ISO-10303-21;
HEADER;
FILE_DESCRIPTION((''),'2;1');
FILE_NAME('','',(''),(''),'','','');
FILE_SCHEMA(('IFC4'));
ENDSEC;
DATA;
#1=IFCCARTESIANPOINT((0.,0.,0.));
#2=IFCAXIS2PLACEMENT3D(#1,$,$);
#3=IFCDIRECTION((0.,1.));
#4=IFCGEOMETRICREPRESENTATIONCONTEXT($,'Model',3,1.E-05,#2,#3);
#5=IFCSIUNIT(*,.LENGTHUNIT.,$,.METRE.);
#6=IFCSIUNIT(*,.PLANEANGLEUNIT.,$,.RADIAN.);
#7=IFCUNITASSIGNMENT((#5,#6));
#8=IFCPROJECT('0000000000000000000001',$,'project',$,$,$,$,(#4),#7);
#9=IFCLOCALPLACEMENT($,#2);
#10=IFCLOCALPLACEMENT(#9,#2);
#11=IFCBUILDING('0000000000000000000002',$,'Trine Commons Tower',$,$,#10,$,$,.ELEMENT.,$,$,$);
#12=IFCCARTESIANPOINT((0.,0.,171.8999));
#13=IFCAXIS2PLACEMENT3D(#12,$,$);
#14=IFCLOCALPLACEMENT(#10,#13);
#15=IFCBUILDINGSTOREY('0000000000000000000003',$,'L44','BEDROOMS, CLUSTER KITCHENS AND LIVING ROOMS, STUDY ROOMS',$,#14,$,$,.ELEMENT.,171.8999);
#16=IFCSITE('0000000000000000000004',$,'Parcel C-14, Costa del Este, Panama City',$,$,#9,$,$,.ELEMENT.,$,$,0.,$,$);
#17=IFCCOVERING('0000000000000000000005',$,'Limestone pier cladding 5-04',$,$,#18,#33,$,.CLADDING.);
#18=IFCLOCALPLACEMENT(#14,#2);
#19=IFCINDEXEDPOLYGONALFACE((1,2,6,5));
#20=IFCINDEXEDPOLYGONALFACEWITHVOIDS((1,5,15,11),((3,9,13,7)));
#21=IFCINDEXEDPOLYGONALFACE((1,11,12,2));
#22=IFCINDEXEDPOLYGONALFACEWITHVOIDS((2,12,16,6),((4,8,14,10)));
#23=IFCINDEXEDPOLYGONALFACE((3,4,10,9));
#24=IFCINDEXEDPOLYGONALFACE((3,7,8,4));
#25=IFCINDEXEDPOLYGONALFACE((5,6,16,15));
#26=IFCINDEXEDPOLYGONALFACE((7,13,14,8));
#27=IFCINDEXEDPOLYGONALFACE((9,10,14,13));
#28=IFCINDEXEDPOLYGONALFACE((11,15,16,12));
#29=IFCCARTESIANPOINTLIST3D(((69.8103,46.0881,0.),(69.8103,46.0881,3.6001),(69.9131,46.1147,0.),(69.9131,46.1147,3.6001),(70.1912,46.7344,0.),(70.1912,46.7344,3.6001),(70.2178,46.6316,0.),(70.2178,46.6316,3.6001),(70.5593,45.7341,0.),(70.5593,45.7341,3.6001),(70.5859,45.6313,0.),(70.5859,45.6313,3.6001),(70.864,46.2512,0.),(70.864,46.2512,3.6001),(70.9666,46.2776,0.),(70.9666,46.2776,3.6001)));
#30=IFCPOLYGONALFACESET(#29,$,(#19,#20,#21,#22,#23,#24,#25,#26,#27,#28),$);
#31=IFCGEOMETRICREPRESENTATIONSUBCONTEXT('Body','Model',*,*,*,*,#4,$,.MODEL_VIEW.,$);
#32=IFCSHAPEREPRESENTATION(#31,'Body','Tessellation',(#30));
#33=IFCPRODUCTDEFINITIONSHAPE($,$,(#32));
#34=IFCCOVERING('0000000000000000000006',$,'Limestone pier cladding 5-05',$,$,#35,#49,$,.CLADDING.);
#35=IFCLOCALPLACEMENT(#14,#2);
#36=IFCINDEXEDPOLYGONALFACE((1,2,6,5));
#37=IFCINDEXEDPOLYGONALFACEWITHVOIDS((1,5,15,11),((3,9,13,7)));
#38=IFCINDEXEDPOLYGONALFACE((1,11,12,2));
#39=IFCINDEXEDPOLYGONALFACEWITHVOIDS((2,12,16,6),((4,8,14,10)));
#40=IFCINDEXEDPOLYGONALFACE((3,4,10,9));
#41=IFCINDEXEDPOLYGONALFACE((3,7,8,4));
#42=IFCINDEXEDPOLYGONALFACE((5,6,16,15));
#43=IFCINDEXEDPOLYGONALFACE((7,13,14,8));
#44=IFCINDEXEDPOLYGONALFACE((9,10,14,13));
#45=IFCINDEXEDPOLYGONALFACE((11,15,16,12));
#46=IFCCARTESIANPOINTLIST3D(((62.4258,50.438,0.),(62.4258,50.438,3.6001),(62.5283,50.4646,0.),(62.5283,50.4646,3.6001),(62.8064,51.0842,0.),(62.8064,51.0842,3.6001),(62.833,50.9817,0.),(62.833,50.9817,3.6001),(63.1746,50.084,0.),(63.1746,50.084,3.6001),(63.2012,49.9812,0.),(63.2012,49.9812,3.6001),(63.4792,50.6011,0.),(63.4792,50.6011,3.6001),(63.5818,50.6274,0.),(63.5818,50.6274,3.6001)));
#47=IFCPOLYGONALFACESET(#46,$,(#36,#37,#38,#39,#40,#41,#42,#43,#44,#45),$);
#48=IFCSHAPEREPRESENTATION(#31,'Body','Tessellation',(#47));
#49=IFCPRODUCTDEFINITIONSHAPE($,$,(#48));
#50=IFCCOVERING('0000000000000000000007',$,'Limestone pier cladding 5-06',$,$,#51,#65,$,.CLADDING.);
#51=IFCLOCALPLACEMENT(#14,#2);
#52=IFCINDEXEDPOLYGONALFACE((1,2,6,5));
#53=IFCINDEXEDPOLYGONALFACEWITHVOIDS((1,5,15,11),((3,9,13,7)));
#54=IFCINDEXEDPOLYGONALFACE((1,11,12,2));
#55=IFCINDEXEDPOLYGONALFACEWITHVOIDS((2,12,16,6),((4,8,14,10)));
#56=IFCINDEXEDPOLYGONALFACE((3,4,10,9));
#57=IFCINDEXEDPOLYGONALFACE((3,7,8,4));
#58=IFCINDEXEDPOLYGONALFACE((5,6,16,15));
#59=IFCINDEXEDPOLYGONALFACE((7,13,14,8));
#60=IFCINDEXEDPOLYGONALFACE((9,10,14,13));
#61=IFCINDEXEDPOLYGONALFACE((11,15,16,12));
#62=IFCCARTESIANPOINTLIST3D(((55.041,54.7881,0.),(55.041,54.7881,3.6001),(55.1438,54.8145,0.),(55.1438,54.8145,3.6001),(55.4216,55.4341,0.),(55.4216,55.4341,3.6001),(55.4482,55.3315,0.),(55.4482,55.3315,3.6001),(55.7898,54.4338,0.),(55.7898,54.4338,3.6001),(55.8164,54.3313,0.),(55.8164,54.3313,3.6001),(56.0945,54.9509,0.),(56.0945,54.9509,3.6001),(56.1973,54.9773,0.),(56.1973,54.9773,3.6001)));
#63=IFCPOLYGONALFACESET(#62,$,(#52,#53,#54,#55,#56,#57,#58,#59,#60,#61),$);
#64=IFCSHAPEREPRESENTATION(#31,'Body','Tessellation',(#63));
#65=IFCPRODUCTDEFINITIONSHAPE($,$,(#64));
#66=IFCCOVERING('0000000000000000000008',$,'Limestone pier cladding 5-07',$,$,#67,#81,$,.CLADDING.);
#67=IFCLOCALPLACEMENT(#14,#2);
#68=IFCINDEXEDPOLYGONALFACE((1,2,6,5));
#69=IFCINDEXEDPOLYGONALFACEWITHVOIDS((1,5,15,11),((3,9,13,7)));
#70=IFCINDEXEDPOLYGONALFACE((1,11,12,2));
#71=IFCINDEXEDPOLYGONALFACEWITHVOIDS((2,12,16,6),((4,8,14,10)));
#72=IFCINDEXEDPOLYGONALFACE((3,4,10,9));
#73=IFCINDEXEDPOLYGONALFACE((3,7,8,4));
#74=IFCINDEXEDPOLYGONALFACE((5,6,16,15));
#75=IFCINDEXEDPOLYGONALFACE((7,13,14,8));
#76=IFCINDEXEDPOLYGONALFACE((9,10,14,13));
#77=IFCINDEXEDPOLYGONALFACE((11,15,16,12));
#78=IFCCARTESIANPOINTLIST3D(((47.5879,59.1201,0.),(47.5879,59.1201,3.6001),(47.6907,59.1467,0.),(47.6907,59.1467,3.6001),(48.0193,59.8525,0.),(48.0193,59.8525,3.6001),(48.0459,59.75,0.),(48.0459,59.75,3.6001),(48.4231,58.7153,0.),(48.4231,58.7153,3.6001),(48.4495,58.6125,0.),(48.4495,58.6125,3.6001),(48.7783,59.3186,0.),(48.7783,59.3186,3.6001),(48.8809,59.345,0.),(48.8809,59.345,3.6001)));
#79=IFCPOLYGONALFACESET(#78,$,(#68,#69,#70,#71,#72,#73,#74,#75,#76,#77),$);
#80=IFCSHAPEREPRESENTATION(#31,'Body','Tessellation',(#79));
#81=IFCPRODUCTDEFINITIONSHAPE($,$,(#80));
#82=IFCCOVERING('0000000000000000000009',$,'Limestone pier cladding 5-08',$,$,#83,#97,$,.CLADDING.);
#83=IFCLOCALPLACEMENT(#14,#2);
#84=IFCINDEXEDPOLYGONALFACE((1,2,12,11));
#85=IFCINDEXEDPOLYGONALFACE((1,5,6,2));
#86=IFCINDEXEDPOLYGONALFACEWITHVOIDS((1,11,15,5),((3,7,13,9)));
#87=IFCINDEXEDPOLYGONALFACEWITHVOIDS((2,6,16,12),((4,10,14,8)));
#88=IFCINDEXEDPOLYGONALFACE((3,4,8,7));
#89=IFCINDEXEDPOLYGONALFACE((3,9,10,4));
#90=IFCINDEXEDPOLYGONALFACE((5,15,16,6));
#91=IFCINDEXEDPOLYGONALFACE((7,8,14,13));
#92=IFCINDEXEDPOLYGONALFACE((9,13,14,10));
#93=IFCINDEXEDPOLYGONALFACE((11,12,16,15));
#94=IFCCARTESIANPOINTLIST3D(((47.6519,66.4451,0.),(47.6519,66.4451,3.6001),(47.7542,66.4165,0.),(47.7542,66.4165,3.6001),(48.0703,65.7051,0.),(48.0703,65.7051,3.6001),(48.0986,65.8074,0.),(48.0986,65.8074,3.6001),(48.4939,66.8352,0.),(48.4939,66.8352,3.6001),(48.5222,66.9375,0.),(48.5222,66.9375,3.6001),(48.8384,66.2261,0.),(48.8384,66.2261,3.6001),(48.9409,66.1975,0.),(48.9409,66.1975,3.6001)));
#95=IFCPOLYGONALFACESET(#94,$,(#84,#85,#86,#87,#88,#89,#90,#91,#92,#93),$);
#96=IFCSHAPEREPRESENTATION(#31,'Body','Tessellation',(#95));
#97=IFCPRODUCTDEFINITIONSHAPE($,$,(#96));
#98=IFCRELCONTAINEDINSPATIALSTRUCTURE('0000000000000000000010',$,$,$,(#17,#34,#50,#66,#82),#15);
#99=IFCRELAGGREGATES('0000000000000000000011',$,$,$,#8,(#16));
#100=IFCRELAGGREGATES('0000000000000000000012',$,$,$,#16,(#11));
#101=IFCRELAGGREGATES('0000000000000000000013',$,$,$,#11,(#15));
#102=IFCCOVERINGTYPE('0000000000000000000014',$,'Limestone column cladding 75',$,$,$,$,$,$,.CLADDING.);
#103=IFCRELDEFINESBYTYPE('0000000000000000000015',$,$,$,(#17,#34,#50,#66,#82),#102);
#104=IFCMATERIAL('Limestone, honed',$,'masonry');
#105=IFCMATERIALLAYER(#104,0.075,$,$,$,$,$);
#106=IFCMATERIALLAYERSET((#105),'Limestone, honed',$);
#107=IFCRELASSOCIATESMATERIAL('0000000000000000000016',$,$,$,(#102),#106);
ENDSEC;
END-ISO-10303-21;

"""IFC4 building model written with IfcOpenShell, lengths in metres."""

from ifc_helpers import new_model, si_unit, direction, frame, origin, place, context, subcontext, project, spatial, polyline, outline, extrude, material, layer, layer_set, type_object, element, save


model = new_model("IFC4")

# Units and contexts
model_context = context("Model", 3, precision=1e-05, world=origin(), true_north=direction((0.0, 1.0)))
body_context = subcontext(model_context, "Body", "Model", "MODEL_VIEW")
ifc_project = project(units=[si_unit("LENGTHUNIT", "METRE"), si_unit("PLANEANGLEUNIT", "RADIAN")], contexts=[model_context])

# Site, building, storey
site_placement = place(None, origin())
site = spatial("IfcSite", under=ifc_project, at=site_placement, Name="Parcel C-14, Costa del Este, Panama City", CompositionType="ELEMENT", RefElevation=0.0)
building_placement = place(site_placement, origin())
building = spatial("IfcBuilding", under=site, at=building_placement, Name="Trine Commons Tower", CompositionType="ELEMENT")
storey_placement = place(building_placement, frame((0.0, 0.0, 171.8999)))
storey = spatial("IfcBuildingStorey", under=building, at=storey_placement, Name="L44", Description="BEDROOMS, CLUSTER KITCHENS AND LIVING ROOMS, STUDY ROOMS", CompositionType="ELEMENT", Elevation=171.8999)

# Coverings
ifc_material_1 = material(Name="Limestone, honed", Category="masonry")
ifc_layer_1 = layer(ifc_material_1, 0.075)
ifc_layer_set_1 = layer_set([ifc_layer_1], Name="Limestone, honed")
covering_type_1 = type_object("IfcCoveringType", Name="Limestone column cladding 75", PredefinedType="CLADDING", material=ifc_layer_set_1)
covering_1_placement = place(storey_placement, origin())
element("IfcCovering", 1, at=covering_1_placement, inside=storey, type_object=covering_type_1, Name="Limestone pier cladding 5-04", PredefinedType="CLADDING", context=body_context, shape_type="SweptSolid", body=[
    extrude(outline(polyline([(70.1912, 46.7344), (69.8103, 46.0881), (70.5859, 45.6313), (70.9666, 46.2776), (70.1912, 46.7344)]), holes=[polyline([(70.2178, 46.6316), (69.9131, 46.1147), (70.5593, 45.7341), (70.864, 46.2512), (70.2178, 46.6316)])]), origin(), (0.0, 0.0, 1.0), 3.6001),
])
covering_2_placement = place(storey_placement, origin())
element("IfcCovering", 2, at=covering_2_placement, inside=storey, type_object=covering_type_1, Name="Limestone pier cladding 5-05", PredefinedType="CLADDING", context=body_context, shape_type="SweptSolid", body=[
    extrude(outline(polyline([(62.8064, 51.0842), (62.4258, 50.438), (63.2012, 49.9812), (63.5818, 50.6274), (62.8064, 51.0842)]), holes=[polyline([(62.833, 50.9817), (62.5283, 50.4646), (63.1746, 50.084), (63.4792, 50.6011), (62.833, 50.9817)])]), origin(), (0.0, 0.0, 1.0), 3.6001),
])
covering_3_placement = place(storey_placement, origin())
element("IfcCovering", 3, at=covering_3_placement, inside=storey, type_object=covering_type_1, Name="Limestone pier cladding 5-06", PredefinedType="CLADDING", context=body_context, shape_type="SweptSolid", body=[
    extrude(outline(polyline([(55.4216, 55.4341), (55.041, 54.7881), (55.8164, 54.3313), (56.1973, 54.9773), (55.4216, 55.4341)]), holes=[polyline([(55.4482, 55.3315), (55.1438, 54.8145), (55.7898, 54.4338), (56.0945, 54.9509), (55.4482, 55.3315)])]), origin(), (0.0, 0.0, 1.0), 3.6001),
])
covering_4_placement = place(storey_placement, origin())
element("IfcCovering", 4, at=covering_4_placement, inside=storey, type_object=covering_type_1, Name="Limestone pier cladding 5-07", PredefinedType="CLADDING", context=body_context, shape_type="SweptSolid", body=[
    extrude(outline(polyline([(48.0193, 59.8525), (47.5879, 59.1201), (48.4495, 58.6125), (48.8809, 59.345), (48.0193, 59.8525)]), holes=[polyline([(48.0459, 59.75), (47.6907, 59.1467), (48.4231, 58.7153), (48.7783, 59.3186), (48.0459, 59.75)])]), origin(), (0.0, 0.0, 1.0), 3.6001),
])
covering_5_placement = place(storey_placement, origin())
element("IfcCovering", 5, at=covering_5_placement, inside=storey, type_object=covering_type_1, Name="Limestone pier cladding 5-08", PredefinedType="CLADDING", context=body_context, shape_type="SweptSolid", body=[
    extrude(outline(polyline([(48.9409, 66.1975), (48.5222, 66.9375), (47.6519, 66.4451), (48.0703, 65.7051), (48.9409, 66.1975)]), holes=[polyline([(48.8384, 66.2261), (48.4939, 66.8352), (47.7542, 66.4165), (48.0986, 65.8074), (48.8384, 66.2261)])]), origin(), (0.0, 0.0, 1.0), 3.6001),
])

save(model, "model.ifc")
